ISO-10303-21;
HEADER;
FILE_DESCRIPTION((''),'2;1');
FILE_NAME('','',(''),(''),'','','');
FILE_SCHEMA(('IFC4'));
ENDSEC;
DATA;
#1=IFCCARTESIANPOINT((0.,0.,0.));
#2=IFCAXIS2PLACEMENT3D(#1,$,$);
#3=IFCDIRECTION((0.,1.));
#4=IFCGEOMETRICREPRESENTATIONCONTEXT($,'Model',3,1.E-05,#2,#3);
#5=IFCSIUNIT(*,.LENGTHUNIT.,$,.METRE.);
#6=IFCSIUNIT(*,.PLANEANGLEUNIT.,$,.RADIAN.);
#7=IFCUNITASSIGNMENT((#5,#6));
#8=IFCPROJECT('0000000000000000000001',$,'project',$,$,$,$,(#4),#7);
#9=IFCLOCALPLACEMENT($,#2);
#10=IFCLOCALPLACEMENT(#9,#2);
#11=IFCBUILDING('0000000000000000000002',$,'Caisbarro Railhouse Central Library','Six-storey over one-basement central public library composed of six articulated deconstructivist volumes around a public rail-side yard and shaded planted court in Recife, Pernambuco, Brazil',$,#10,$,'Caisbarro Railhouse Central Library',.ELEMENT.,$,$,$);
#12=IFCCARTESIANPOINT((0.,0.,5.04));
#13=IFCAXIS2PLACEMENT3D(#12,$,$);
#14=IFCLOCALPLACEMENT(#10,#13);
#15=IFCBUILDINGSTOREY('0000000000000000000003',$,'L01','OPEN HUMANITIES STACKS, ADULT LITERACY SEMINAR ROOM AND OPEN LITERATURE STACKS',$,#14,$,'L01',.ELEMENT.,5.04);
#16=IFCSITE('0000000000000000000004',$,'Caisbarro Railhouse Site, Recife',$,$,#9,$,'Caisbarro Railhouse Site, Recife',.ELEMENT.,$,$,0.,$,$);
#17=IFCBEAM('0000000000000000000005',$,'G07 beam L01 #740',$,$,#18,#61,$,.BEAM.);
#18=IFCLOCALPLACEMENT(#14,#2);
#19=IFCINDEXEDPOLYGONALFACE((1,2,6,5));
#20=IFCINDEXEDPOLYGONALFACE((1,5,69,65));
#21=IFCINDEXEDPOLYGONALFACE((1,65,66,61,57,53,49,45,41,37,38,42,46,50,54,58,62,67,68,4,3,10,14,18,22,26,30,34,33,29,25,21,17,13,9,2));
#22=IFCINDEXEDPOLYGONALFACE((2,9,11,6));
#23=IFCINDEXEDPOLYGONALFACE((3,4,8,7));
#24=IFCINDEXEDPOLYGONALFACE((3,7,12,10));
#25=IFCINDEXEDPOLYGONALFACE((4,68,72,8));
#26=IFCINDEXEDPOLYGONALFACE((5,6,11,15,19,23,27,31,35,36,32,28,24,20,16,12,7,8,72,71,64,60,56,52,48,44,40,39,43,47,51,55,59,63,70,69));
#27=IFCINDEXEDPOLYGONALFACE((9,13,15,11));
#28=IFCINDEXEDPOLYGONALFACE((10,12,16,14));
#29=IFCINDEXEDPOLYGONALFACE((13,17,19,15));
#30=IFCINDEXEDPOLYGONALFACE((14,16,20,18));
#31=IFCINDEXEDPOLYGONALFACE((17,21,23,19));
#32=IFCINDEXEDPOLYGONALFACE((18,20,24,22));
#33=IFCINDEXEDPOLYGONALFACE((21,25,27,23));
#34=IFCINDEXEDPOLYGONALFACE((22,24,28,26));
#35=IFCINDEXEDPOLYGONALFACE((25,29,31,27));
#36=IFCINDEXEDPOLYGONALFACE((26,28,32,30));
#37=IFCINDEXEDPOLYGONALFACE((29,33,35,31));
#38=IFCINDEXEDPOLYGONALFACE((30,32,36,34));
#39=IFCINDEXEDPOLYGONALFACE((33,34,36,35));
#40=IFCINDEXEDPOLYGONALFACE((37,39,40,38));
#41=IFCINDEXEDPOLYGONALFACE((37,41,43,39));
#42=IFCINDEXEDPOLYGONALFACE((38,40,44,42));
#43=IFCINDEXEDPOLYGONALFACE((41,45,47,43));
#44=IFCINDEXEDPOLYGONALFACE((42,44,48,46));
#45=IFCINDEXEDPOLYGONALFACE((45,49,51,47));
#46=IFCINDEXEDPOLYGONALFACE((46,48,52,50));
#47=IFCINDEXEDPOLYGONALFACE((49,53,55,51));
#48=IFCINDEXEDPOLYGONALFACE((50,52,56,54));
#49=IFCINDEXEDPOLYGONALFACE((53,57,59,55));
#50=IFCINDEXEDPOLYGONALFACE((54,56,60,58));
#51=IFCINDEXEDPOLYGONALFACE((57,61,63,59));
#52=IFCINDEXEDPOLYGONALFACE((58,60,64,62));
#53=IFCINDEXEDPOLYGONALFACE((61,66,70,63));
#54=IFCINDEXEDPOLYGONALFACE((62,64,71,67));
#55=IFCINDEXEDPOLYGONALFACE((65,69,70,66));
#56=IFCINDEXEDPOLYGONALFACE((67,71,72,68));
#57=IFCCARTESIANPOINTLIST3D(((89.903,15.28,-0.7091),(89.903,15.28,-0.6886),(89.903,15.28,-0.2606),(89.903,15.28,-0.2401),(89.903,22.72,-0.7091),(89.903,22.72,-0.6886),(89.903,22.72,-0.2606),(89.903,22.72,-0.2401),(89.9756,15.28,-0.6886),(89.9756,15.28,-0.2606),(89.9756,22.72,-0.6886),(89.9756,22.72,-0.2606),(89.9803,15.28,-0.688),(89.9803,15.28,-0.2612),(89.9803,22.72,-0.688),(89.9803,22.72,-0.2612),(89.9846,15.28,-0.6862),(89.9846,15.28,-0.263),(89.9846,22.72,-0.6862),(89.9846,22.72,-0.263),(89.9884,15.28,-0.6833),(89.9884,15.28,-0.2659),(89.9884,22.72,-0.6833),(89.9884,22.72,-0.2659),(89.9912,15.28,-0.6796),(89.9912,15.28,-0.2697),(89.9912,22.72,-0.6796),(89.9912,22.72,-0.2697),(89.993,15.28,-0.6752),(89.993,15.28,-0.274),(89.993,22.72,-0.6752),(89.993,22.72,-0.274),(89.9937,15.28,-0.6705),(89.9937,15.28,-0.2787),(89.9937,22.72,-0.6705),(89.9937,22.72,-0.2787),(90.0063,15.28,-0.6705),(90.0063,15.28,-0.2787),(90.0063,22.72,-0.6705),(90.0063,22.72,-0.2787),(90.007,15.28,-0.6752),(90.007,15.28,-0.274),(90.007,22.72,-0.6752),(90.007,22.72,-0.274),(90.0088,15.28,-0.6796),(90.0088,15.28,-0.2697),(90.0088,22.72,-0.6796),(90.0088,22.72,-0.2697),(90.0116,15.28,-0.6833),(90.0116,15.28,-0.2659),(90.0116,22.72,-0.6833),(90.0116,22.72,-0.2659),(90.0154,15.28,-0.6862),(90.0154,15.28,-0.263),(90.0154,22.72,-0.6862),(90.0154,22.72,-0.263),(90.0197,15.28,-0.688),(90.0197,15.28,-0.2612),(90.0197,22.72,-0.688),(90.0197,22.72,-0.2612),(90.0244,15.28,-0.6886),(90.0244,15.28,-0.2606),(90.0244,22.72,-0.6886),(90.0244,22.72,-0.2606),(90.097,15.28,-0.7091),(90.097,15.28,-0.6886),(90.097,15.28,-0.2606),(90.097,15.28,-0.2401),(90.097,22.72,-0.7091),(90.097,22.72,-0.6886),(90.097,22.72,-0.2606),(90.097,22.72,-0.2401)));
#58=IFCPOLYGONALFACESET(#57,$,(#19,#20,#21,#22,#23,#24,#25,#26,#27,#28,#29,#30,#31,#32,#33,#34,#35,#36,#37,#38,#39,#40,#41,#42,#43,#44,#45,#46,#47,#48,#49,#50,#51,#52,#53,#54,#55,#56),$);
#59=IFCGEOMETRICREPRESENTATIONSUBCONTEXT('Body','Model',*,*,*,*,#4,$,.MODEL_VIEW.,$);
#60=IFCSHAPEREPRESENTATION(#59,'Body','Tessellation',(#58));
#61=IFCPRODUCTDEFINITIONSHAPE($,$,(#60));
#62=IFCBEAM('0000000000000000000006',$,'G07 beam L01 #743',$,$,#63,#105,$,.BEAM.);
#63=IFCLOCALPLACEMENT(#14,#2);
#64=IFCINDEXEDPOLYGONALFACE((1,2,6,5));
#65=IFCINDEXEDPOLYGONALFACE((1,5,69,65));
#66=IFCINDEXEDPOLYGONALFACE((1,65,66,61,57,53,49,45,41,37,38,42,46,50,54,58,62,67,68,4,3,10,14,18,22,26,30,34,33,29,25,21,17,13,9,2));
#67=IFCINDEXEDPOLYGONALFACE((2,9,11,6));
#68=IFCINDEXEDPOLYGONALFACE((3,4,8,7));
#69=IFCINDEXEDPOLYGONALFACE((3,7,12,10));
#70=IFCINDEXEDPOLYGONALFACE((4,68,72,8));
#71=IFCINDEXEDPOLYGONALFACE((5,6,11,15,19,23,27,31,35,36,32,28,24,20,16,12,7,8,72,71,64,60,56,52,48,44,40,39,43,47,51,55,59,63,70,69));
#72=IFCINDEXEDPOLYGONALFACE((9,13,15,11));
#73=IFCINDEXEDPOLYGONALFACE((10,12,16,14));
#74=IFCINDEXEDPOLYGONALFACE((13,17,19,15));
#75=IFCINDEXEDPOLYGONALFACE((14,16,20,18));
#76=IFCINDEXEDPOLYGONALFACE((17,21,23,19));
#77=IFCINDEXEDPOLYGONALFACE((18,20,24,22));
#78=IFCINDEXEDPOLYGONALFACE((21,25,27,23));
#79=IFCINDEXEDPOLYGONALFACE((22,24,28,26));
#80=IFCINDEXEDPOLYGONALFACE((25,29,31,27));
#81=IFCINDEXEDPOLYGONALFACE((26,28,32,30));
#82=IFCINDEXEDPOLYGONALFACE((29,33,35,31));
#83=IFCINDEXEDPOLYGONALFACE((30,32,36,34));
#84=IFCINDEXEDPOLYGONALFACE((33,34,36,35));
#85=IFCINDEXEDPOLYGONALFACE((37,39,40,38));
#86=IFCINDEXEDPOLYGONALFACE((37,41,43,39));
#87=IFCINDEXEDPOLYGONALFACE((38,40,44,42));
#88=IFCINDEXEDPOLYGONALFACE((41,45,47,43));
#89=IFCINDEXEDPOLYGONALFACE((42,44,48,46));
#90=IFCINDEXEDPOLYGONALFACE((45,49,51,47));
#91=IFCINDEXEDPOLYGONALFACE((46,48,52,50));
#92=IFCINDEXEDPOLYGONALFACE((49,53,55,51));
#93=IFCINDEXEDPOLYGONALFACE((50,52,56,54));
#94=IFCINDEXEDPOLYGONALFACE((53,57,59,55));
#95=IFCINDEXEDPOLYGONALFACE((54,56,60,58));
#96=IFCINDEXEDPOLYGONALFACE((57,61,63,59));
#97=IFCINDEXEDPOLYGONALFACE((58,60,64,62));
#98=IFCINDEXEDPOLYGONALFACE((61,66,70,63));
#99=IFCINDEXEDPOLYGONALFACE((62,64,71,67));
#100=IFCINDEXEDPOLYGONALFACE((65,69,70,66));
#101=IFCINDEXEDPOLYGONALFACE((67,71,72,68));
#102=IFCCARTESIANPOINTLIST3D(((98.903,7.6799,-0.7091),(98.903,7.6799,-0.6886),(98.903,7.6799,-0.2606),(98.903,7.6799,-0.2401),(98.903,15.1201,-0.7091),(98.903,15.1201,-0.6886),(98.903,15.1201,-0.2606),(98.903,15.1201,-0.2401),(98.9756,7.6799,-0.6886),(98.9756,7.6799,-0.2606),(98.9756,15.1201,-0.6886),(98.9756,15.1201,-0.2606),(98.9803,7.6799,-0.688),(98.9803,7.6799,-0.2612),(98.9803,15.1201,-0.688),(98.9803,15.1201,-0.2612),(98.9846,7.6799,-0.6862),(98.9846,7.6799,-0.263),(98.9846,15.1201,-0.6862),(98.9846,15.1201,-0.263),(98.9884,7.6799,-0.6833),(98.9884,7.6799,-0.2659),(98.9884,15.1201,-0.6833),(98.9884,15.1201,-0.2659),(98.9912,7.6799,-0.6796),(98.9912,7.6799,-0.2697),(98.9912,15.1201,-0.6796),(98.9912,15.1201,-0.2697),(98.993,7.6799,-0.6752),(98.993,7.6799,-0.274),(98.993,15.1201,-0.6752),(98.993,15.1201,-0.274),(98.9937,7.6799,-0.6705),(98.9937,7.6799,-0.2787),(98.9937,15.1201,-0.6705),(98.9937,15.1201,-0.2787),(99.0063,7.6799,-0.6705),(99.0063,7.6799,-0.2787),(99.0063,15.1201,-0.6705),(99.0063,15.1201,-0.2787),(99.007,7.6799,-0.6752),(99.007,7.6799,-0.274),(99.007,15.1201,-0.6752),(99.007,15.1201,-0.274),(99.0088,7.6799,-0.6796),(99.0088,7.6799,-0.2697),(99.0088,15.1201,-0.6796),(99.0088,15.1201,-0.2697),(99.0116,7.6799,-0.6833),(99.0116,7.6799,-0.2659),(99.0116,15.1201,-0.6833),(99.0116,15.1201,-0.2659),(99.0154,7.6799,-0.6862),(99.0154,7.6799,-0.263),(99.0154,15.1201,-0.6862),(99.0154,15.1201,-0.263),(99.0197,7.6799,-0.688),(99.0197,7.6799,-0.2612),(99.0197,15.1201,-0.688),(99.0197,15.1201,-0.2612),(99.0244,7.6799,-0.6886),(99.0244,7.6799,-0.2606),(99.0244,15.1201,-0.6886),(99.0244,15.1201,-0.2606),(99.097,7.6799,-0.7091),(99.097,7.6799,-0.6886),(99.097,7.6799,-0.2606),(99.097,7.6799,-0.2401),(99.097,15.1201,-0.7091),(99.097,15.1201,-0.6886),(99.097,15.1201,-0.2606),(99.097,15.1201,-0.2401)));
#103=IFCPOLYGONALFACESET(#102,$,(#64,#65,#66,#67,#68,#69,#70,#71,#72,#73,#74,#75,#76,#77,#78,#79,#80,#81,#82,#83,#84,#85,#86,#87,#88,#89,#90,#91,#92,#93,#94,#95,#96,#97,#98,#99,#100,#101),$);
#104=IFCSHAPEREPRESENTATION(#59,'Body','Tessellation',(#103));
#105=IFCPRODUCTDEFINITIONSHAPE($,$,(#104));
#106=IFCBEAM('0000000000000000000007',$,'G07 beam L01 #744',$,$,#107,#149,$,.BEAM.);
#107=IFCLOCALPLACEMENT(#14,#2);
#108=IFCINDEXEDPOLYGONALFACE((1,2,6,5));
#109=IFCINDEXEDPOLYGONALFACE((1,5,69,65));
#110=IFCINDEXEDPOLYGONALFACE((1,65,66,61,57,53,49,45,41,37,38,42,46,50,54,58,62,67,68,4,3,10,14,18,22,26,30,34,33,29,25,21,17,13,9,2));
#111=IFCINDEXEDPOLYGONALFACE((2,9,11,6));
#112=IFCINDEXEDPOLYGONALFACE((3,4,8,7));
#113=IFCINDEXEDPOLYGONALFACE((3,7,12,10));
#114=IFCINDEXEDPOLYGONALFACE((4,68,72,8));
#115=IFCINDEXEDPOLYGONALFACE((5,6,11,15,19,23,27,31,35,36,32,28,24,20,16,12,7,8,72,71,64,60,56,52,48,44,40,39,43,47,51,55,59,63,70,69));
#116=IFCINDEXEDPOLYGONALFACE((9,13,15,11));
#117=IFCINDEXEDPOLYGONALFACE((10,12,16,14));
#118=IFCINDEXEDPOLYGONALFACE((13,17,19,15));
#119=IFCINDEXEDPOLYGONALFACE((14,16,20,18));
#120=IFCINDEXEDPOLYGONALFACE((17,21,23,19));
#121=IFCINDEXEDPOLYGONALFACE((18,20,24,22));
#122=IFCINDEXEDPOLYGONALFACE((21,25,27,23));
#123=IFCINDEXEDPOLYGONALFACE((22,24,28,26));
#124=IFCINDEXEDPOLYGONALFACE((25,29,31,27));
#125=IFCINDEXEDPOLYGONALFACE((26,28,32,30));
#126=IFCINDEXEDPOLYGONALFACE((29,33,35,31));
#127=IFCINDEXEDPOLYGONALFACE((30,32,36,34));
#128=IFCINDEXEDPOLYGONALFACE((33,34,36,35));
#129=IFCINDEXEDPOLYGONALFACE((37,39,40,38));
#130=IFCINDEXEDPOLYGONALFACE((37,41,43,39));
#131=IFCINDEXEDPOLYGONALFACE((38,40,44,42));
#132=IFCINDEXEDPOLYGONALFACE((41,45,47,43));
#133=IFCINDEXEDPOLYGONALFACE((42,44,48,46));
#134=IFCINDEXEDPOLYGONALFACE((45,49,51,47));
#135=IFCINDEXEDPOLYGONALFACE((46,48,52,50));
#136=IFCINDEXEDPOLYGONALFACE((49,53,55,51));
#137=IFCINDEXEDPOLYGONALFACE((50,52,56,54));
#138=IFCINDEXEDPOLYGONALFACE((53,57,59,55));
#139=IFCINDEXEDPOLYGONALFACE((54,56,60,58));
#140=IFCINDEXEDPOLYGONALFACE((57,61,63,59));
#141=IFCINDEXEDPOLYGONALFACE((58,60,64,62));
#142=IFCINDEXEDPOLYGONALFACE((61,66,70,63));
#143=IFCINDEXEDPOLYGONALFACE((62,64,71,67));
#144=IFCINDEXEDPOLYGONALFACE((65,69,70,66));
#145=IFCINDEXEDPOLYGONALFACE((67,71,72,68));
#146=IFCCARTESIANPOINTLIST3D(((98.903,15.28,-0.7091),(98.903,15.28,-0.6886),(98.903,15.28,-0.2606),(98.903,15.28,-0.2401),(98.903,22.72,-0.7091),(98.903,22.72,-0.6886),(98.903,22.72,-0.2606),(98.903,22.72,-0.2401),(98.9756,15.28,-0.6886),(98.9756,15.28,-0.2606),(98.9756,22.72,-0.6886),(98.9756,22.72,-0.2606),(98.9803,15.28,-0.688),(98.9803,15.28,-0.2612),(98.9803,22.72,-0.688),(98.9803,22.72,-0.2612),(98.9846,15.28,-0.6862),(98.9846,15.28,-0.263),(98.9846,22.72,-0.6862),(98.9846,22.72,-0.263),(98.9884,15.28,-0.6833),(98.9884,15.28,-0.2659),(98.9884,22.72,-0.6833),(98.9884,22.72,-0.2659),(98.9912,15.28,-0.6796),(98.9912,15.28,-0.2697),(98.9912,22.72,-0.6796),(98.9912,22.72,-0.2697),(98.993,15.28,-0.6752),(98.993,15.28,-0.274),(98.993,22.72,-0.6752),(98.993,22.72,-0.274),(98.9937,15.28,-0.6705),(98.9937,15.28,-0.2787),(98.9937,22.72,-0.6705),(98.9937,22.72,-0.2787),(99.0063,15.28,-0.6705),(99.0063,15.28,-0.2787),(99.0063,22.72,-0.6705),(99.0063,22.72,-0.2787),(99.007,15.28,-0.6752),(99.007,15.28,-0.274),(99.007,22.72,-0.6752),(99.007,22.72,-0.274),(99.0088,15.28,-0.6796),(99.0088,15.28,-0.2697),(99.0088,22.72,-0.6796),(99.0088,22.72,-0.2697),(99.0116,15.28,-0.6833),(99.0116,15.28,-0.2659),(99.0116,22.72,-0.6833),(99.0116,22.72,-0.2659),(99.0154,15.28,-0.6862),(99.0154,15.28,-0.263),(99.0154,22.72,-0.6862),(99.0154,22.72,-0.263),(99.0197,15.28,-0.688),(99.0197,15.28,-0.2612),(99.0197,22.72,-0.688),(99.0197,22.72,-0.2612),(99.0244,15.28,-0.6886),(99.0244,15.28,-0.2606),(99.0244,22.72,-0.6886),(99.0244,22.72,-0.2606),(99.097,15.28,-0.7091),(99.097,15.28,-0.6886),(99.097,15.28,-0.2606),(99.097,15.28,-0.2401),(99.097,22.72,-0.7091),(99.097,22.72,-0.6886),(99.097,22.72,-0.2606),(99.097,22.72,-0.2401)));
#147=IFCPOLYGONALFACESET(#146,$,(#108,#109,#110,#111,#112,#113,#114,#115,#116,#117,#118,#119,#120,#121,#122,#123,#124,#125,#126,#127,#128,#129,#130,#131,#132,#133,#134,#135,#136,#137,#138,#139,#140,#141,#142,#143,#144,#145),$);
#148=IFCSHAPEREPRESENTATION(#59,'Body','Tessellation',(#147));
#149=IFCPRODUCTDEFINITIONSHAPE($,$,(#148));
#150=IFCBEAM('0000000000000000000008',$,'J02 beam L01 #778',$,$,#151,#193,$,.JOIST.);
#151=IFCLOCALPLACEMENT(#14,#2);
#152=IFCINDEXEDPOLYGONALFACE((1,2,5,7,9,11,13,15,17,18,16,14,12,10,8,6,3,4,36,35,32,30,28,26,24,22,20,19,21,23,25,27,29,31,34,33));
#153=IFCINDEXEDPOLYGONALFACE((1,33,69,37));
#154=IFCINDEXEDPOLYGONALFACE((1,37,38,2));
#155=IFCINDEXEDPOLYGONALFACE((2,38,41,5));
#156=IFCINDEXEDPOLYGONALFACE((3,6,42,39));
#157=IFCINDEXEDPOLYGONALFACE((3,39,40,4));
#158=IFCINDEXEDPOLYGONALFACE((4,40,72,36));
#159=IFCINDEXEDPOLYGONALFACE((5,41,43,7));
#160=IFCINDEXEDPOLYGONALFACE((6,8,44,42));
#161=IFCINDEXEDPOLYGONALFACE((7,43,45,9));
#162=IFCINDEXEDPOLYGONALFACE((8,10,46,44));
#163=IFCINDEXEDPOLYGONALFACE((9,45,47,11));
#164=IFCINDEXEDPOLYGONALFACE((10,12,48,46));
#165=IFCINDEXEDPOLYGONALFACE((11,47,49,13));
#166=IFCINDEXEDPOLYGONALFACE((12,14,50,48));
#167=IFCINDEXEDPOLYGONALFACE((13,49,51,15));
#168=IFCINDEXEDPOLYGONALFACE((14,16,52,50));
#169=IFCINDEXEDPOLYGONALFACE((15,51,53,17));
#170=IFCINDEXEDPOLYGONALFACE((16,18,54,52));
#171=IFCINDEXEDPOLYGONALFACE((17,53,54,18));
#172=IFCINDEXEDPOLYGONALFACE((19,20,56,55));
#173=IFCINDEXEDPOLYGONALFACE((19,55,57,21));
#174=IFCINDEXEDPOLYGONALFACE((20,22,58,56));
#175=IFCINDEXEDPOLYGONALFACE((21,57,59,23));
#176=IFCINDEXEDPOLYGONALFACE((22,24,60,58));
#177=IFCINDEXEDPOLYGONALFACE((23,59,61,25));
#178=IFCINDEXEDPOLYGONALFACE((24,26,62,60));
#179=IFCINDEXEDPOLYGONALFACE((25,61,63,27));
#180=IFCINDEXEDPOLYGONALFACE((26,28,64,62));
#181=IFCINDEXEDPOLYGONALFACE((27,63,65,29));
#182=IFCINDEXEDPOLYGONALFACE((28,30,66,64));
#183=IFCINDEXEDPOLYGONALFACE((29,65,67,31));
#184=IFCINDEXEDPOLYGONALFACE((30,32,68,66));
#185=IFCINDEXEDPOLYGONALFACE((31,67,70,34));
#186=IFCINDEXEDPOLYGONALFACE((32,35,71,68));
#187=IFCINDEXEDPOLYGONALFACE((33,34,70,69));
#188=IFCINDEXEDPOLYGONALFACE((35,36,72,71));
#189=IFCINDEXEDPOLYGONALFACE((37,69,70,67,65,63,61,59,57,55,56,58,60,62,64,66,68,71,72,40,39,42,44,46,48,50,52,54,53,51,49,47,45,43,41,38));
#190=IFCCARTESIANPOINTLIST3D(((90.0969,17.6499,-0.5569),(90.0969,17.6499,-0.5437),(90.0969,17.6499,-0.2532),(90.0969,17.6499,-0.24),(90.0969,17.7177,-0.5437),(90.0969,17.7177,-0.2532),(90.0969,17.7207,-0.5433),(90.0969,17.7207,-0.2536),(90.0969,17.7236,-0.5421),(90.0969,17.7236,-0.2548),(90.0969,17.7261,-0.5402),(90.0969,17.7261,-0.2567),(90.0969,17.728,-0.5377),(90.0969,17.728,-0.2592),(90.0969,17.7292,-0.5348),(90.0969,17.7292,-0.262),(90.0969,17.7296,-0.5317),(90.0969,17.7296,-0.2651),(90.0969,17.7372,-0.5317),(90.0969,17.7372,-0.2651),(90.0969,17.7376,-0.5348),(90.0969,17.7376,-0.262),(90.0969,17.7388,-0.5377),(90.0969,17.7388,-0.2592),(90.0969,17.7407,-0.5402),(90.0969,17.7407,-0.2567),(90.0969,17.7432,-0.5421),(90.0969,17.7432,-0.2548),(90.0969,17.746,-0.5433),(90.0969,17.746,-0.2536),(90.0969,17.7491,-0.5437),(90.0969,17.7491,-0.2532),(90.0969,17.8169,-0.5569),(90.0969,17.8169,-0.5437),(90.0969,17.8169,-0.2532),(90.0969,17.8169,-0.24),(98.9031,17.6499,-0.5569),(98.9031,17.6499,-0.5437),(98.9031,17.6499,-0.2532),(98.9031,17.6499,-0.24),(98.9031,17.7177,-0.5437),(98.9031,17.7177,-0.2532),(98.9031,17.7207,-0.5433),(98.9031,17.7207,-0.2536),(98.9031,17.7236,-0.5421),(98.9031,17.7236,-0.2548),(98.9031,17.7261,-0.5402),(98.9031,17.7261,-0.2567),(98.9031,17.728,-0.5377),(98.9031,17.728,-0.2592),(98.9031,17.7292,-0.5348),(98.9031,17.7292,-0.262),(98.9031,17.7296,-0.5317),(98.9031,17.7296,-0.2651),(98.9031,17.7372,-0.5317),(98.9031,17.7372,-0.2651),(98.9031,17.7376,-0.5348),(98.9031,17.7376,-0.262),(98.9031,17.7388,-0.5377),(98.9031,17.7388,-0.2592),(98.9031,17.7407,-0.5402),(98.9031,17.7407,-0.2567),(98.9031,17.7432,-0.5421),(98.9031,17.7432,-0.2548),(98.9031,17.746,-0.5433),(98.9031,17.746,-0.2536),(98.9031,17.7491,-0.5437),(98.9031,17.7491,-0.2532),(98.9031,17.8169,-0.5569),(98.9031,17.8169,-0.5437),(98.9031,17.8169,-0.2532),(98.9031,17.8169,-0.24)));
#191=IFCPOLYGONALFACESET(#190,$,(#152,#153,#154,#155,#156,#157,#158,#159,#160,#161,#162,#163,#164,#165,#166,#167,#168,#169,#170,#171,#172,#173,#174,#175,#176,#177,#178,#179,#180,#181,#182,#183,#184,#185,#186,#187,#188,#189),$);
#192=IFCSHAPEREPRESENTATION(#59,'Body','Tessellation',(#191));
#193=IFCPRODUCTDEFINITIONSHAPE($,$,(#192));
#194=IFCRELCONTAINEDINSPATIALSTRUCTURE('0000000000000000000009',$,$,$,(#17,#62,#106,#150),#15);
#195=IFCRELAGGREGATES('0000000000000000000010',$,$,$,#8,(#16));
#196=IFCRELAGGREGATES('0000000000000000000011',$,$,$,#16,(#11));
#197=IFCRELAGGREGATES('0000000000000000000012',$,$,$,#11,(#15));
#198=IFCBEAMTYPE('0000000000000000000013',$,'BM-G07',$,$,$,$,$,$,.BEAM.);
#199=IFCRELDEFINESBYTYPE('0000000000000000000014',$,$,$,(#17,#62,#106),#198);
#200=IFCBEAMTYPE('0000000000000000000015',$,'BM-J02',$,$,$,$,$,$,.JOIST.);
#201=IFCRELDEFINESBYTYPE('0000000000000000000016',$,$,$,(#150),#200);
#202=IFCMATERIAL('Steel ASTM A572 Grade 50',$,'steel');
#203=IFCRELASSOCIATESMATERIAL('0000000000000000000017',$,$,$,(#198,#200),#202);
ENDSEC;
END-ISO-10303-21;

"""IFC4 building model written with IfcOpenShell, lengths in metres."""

from ifc_helpers import new_model, si_unit, direction, frame, origin, origin_2d, place, context, subcontext, project, spatial, i_section, extrude, material, material_profile, profile_set, type_object, element, save


model = new_model("IFC4")

# Units and contexts
model_context = context("Model", 3, precision=1e-05, world=origin(), true_north=direction((0.0, 1.0)))
body_context = subcontext(model_context, "Body", "Model", "MODEL_VIEW")
ifc_project = project(units=[si_unit("LENGTHUNIT", "METRE"), si_unit("PLANEANGLEUNIT", "RADIAN")], contexts=[model_context])

# Site, building, storey
site_placement = place(None, origin())
site = spatial("IfcSite", under=ifc_project, at=site_placement, Name="Caisbarro Railhouse Site, Recife", LongName="Caisbarro Railhouse Site, Recife", CompositionType="ELEMENT", RefElevation=0.0)
building_placement = place(site_placement, origin())
building = spatial("IfcBuilding", under=site, at=building_placement, Name="Caisbarro Railhouse Central Library", Description="Six-storey over one-basement central public library composed of six articulated deconstructivist volumes around a public rail-side yard and shaded planted court in Recife, Pernambuco, Brazil", LongName="Caisbarro Railhouse Central Library", CompositionType="ELEMENT")
storey_placement = place(building_placement, frame((0.0, 0.0, 5.04)))
storey = spatial("IfcBuildingStorey", under=building, at=storey_placement, Name="L01", Description="OPEN HUMANITIES STACKS, ADULT LITERACY SEMINAR ROOM AND OPEN LITERATURE STACKS", LongName="L01", CompositionType="ELEMENT", Elevation=5.04)

# Shared definitions
ifc_material_1 = material(Name="Steel ASTM A572 Grade 50", Category="steel")

# Beams
ifc_material_profile_1 = material_profile(ifc_material_1, i_section(OverallWidth=0.1941, OverallDepth=0.469, WebThickness=0.0127, FlangeThickness=0.0205, FilletRadius=0.0181, at=origin_2d()), Name="W460X106.0")
ifc_profile_set_1 = profile_set([ifc_material_profile_1], Name="Steel ASTM A572 Grade 50")
beam_type_1 = type_object("IfcBeamType", Name="BM-G07", PredefinedType="BEAM", material=ifc_profile_set_1)
beam_1_placement = place(storey_placement, frame((90.0, 15.28, -0.4746), z_axis=(0.0, 1.0, 0.0), x_axis=(-1.0, 0.0, 0.0)))
element("IfcBeam", 1, at=beam_1_placement, inside=storey, type_object=beam_type_1, Name="G07 beam L01 #740", PredefinedType="BEAM", context=body_context, shape_type="SweptSolid", body=[
    extrude(i_section(OverallWidth=0.1941, OverallDepth=0.469, WebThickness=0.0127, FlangeThickness=0.0205, FilletRadius=0.0181, at=origin_2d()), origin(), (0.0, 0.0, 1.0), 7.4399),
])
beam_2_placement = place(storey_placement, frame((99.0, 7.6799, -0.4746), z_axis=(0.0, 1.0, 0.0), x_axis=(-1.0, 0.0, 0.0)))
element("IfcBeam", 2, at=beam_2_placement, inside=storey, type_object=beam_type_1, Name="G07 beam L01 #743", PredefinedType="BEAM", context=body_context, shape_type="SweptSolid", body=[
    extrude(i_section(OverallWidth=0.1941, OverallDepth=0.469, WebThickness=0.0127, FlangeThickness=0.0205, FilletRadius=0.0181, at=origin_2d()), origin(), (0.0, 0.0, 1.0), 7.4402),
])
beam_3_placement = place(storey_placement, frame((99.0, 15.28, -0.4746), z_axis=(0.0, 1.0, 0.0), x_axis=(-1.0, 0.0, 0.0)))
element("IfcBeam", 3, at=beam_3_placement, inside=storey, type_object=beam_type_1, Name="G07 beam L01 #744", PredefinedType="BEAM", context=body_context, shape_type="SweptSolid", body=[
    extrude(i_section(OverallWidth=0.1941, OverallDepth=0.469, WebThickness=0.0127, FlangeThickness=0.0205, FilletRadius=0.0181, at=origin_2d()), origin(), (0.0, 0.0, 1.0), 7.4399),
])
ifc_material_profile_2 = material_profile(ifc_material_1, i_section(OverallWidth=0.167, OverallDepth=0.3169, WebThickness=0.0076, FlangeThickness=0.0132, FilletRadius=0.012, at=origin_2d()), Name="W310X52.0")
ifc_profile_set_2 = profile_set([ifc_material_profile_2], Name="Steel ASTM A572 Grade 50")
beam_type_2 = type_object("IfcBeamType", Name="BM-J02", PredefinedType="JOIST", material=ifc_profile_set_2)
for number, where, z_axis, x_axis, name in (
    (4, (90.0969, 17.7334, -0.3984), (1.0, 0.0, 0.0), (0.0, 1.0, 0.0), "J02 beam L01 #778"),
):
    element("IfcBeam", number, at=place(storey_placement, frame(where, z_axis=z_axis, x_axis=x_axis)), inside=storey, type_object=beam_type_2, Name=name, PredefinedType="JOIST", context=body_context, shape_type="SweptSolid", body=[
        extrude(i_section(OverallWidth=0.167, OverallDepth=0.3169, WebThickness=0.0076, FlangeThickness=0.0132, FilletRadius=0.012, at=origin_2d()), origin(), (0.0, 0.0, 1.0), 8.8062),
    ])

save(model, "model.ifc")
